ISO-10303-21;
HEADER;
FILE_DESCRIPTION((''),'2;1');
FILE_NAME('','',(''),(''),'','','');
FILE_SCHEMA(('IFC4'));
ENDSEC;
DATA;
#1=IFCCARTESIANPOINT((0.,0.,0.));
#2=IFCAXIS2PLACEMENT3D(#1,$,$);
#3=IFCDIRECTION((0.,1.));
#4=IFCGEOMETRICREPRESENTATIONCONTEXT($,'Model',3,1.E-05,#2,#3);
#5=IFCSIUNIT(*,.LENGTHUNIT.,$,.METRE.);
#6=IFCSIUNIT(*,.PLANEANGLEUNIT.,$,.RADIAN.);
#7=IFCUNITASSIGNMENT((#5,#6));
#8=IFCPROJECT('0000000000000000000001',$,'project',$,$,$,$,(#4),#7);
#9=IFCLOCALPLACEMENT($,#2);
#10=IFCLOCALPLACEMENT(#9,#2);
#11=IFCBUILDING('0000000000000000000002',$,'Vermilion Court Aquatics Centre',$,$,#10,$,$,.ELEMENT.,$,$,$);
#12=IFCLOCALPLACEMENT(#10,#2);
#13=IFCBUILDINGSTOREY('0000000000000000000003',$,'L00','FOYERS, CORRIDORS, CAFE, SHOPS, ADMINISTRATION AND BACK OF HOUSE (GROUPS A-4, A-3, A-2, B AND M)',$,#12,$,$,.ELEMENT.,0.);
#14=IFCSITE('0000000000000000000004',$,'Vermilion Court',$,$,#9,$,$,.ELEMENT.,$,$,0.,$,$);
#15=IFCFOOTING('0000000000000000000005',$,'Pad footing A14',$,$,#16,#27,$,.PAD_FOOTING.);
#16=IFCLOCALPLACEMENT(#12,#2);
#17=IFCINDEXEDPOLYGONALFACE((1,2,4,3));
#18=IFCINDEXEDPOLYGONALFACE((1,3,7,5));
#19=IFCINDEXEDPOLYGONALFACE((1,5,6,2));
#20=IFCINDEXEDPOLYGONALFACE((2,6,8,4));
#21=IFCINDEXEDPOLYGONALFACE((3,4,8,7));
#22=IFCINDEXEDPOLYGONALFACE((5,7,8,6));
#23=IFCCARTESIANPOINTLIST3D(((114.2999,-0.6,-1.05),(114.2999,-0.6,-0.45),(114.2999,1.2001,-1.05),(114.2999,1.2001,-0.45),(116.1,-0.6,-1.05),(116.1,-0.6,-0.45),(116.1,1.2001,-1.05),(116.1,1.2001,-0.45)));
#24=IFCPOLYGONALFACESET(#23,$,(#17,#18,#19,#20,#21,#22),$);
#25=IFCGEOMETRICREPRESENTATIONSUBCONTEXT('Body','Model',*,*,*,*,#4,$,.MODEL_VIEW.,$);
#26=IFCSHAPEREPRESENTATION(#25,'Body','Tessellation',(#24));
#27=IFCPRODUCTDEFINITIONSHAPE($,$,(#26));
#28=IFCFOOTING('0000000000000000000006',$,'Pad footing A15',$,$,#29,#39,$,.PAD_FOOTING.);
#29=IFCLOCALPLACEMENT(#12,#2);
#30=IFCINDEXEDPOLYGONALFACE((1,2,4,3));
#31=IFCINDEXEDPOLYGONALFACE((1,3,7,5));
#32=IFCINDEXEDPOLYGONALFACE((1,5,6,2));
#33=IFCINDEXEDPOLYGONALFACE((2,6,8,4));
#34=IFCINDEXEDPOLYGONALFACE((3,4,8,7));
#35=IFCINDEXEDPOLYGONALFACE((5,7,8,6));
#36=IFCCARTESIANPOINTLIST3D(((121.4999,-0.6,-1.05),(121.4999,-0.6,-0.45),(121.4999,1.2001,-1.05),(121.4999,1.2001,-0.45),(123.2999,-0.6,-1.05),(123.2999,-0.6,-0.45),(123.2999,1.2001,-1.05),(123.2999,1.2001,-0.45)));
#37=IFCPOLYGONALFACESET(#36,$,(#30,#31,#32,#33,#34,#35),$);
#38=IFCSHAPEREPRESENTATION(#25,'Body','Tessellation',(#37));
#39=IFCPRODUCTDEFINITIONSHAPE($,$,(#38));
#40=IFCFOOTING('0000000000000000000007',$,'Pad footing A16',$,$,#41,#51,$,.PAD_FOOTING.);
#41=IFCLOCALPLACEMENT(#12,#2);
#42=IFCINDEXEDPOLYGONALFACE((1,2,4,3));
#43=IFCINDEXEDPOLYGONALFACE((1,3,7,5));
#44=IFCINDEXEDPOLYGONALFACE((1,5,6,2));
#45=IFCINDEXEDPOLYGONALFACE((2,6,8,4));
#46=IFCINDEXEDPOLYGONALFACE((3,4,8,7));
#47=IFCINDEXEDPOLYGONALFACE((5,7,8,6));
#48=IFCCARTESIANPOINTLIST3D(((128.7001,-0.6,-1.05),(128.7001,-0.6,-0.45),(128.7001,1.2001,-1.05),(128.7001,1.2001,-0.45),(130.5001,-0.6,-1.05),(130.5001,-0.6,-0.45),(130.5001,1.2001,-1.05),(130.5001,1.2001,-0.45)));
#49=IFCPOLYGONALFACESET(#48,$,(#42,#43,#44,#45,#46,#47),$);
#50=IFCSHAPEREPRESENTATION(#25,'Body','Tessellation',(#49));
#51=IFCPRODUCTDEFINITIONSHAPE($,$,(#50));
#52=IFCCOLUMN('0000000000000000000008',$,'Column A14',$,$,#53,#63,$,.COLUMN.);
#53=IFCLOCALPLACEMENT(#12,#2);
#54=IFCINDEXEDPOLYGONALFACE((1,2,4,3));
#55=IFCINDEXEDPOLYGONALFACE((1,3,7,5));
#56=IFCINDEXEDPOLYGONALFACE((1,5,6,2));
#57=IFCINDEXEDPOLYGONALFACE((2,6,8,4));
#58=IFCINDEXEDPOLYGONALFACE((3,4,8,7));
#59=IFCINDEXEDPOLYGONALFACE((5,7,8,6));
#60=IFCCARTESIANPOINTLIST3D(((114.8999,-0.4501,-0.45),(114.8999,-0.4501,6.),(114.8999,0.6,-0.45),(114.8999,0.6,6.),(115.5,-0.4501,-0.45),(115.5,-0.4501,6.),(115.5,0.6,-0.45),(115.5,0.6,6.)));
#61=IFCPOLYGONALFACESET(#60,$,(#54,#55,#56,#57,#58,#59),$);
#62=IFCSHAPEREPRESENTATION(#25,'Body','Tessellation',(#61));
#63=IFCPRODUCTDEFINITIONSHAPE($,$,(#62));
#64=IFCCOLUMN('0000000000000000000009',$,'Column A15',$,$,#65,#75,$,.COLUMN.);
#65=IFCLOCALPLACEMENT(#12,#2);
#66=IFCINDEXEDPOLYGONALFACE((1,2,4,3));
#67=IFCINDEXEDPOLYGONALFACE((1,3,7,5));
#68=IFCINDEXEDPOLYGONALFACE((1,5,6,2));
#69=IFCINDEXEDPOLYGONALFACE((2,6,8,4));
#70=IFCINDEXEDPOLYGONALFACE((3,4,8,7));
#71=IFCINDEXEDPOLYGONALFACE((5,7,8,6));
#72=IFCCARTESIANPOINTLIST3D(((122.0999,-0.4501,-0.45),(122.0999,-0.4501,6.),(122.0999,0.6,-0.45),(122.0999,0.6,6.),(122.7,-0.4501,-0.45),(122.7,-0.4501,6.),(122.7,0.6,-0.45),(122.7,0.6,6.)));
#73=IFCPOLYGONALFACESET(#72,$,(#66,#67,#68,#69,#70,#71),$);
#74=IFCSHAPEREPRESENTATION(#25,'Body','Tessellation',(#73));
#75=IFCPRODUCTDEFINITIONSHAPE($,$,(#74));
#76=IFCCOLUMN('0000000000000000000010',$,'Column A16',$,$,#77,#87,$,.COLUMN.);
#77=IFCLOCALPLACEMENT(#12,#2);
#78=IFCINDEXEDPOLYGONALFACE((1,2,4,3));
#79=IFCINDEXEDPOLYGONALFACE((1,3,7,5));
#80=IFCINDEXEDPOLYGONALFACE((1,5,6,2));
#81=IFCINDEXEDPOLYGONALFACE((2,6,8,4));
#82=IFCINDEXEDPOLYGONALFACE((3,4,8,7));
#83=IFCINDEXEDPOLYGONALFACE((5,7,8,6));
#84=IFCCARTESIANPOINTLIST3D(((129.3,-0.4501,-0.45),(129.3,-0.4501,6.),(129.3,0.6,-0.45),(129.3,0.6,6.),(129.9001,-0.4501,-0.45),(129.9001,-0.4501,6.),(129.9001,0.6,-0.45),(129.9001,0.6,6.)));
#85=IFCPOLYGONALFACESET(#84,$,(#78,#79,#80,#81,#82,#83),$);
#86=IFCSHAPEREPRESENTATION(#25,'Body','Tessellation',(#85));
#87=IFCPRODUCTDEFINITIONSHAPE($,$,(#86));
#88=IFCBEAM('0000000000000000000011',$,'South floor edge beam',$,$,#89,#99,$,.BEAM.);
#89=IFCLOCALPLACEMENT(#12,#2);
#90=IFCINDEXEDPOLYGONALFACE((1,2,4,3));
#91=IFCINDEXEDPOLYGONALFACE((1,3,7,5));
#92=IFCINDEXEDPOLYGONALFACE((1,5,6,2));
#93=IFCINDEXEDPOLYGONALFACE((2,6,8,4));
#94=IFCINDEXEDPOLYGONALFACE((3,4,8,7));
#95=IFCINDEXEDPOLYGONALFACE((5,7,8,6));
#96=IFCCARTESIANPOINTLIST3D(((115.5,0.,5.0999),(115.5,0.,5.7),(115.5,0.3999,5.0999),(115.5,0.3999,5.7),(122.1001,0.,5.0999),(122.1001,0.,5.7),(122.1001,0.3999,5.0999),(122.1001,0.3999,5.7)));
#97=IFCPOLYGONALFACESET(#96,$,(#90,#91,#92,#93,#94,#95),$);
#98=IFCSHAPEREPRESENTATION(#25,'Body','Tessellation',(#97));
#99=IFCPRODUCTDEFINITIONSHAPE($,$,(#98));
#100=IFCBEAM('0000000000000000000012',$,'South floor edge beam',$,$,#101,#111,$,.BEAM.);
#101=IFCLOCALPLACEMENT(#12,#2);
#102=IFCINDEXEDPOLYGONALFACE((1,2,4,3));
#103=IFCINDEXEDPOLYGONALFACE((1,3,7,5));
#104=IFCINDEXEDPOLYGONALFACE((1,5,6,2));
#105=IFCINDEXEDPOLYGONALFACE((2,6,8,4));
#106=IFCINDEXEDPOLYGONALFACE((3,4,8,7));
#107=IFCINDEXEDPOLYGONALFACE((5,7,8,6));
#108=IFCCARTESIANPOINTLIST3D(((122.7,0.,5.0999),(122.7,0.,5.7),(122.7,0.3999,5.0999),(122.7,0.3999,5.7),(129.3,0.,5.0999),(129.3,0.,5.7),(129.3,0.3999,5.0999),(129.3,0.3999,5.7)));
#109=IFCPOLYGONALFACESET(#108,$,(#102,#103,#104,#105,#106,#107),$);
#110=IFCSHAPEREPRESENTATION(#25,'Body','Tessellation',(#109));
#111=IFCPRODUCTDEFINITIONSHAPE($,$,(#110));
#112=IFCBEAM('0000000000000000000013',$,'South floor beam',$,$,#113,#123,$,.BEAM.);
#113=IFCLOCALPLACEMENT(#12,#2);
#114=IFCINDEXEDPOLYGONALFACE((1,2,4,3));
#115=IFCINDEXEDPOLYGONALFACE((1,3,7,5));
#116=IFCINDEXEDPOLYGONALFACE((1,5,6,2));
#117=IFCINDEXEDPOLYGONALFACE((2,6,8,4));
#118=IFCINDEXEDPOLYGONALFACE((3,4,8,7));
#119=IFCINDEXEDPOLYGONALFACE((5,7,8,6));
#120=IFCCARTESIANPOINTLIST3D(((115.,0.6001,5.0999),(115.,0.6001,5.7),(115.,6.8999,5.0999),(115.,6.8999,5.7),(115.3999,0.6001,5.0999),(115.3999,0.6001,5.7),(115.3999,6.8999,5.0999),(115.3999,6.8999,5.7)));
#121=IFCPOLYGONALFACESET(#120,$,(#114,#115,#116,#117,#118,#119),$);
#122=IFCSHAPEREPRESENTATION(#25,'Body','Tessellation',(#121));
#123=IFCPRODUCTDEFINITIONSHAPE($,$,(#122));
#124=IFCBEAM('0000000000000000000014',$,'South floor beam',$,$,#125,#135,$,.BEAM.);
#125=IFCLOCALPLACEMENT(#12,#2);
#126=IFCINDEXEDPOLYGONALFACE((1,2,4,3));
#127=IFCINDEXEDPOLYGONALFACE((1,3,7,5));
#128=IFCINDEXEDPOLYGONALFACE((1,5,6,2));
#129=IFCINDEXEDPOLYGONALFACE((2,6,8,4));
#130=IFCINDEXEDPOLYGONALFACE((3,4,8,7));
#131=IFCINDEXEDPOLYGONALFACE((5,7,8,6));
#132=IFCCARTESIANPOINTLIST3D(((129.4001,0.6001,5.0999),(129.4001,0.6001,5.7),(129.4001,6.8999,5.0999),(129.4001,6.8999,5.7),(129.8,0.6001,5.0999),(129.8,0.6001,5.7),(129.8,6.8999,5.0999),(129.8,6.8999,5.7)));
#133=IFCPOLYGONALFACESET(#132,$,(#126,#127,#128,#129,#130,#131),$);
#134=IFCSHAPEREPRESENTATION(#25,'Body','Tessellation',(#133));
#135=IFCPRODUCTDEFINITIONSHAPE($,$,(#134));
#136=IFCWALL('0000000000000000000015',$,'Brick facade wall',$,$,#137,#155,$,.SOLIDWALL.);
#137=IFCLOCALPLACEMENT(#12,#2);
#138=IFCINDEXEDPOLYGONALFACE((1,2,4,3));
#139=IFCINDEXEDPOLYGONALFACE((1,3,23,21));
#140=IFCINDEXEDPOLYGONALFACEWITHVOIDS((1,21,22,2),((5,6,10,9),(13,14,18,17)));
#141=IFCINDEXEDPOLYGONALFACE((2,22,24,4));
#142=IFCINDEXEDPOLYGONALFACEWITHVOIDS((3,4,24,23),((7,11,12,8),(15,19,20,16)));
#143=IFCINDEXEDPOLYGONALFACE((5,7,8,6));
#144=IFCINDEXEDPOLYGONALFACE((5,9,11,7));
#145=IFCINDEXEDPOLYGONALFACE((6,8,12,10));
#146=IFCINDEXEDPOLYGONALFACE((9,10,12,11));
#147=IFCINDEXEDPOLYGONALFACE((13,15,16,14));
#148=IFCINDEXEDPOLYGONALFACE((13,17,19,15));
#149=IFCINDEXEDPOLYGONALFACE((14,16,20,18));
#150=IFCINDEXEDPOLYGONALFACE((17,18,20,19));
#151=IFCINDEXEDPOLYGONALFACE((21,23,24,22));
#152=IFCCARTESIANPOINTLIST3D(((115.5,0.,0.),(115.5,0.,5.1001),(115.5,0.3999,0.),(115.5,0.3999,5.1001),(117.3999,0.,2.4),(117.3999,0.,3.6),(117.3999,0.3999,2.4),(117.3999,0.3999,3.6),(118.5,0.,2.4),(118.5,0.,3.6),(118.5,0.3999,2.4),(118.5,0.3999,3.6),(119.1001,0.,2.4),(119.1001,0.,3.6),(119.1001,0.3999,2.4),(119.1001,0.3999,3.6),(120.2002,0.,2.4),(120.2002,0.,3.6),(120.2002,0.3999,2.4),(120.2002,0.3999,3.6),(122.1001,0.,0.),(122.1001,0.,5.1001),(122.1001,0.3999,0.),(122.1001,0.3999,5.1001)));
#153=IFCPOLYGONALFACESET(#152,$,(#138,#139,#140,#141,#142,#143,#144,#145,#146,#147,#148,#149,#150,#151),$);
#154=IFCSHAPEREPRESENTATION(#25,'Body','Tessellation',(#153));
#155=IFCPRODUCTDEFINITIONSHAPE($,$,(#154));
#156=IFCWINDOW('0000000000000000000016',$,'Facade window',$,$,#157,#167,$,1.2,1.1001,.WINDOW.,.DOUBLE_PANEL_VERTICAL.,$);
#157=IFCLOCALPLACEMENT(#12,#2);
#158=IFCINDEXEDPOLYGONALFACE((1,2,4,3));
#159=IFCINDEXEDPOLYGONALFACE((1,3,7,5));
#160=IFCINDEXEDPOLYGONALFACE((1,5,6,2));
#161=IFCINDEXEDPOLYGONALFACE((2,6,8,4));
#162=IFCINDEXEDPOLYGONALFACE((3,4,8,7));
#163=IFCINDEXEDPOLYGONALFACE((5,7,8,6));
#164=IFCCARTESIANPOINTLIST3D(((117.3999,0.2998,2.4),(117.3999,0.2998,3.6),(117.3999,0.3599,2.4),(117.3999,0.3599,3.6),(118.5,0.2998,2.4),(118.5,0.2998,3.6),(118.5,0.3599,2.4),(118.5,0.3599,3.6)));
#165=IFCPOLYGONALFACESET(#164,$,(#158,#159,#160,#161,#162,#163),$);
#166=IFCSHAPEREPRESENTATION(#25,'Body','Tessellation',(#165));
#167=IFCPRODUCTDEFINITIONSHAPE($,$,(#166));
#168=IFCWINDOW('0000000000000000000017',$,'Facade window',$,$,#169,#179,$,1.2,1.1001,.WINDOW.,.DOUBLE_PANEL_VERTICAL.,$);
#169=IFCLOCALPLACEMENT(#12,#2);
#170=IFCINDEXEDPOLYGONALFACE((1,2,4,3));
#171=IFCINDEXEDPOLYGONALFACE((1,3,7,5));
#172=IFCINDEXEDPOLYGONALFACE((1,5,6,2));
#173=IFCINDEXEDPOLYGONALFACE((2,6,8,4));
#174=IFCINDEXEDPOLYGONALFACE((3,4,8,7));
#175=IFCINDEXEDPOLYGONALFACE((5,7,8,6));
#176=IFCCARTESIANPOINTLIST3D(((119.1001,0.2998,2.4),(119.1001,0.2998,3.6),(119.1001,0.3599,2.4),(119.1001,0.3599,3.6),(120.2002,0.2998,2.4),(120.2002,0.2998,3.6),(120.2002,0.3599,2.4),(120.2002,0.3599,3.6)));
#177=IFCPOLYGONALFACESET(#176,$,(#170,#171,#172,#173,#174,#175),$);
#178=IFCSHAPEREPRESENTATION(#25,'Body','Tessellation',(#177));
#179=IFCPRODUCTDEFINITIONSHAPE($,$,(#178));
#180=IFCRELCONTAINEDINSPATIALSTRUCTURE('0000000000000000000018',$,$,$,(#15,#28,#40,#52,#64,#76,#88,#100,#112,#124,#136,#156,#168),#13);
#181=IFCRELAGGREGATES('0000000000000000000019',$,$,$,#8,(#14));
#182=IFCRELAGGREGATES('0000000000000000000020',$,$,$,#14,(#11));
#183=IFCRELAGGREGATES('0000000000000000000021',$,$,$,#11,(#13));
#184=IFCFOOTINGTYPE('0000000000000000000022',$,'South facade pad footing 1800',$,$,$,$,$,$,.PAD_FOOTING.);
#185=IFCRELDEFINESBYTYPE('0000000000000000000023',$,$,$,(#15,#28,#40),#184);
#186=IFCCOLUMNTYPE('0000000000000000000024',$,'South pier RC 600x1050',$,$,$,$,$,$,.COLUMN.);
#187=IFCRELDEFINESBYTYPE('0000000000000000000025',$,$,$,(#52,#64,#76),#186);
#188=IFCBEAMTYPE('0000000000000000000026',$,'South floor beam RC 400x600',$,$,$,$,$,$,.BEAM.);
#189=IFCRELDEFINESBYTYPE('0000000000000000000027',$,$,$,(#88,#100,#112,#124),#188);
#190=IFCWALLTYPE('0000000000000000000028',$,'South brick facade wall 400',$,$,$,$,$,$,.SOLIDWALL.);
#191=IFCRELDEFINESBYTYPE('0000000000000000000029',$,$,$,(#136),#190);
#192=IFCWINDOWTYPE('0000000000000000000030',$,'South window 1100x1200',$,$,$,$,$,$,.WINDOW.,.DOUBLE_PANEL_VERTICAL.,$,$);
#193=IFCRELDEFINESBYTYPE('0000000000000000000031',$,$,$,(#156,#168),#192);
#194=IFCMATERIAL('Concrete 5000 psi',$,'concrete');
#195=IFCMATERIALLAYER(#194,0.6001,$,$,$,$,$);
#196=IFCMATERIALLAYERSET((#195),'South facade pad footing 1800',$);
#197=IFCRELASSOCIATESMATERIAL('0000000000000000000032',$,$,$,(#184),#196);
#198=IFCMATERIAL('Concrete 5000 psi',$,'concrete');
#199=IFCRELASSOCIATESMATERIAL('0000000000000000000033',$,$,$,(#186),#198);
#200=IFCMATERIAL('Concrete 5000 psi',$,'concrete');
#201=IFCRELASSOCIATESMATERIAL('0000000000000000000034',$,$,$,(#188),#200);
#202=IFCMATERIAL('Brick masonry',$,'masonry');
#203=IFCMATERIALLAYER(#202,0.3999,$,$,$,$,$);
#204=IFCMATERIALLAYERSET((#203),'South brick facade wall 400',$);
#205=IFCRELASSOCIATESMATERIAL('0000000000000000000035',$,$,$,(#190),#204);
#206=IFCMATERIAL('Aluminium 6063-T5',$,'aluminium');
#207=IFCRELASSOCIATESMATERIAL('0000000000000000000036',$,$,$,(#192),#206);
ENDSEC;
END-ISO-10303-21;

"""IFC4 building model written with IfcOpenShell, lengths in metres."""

from ifc_helpers import new_model, si_unit, direction, frame, frame_2d, origin, origin_2d, place, context, subcontext, project, spatial, rectangle, extrude, material, layer, layer_set, material_profile, profile_set, type_object, element, fill, save


model = new_model("IFC4")

# Units and contexts
model_context = context("Model", 3, precision=1e-05, world=origin(), true_north=direction((0.0, 1.0)))
body_context = subcontext(model_context, "Body", "Model", "MODEL_VIEW")
ifc_project = project(units=[si_unit("LENGTHUNIT", "METRE"), si_unit("PLANEANGLEUNIT", "RADIAN")], contexts=[model_context])

# Site, building, storey
site_placement = place(None, origin())
site = spatial("IfcSite", under=ifc_project, at=site_placement, Name="Vermilion Court", CompositionType="ELEMENT", RefElevation=0.0)
building_placement = place(site_placement, origin())
building = spatial("IfcBuilding", under=site, at=building_placement, Name="Vermilion Court Aquatics Centre", CompositionType="ELEMENT")
storey_placement = place(building_placement, origin())
storey = spatial("IfcBuildingStorey", under=building, at=storey_placement, Name="L00", Description="FOYERS, CORRIDORS, CAFE, SHOPS, ADMINISTRATION AND BACK OF HOUSE (GROUPS A-4, A-3, A-2, B AND M)", CompositionType="ELEMENT", Elevation=0.0)

# Footings
ifc_material_1 = material(Name="Concrete 5000 psi", Category="concrete")
ifc_layer_1 = layer(ifc_material_1, 0.6001)
ifc_layer_set_1 = layer_set([ifc_layer_1], Name="South facade pad footing 1800")
footing_type = type_object("IfcFootingType", Name="South facade pad footing 1800", PredefinedType="PAD_FOOTING", material=ifc_layer_set_1)
for number, where, z_axis, x_axis, name in (
    (1, (115.2, 0.3, -1.05), (0.0, 0.0, 1.0), (1.0, 0.0, 0.0), "Pad footing A14"),
    (2, (122.3999, 0.3, -1.05), (0.0, 0.0, 1.0), (1.0, 0.0, 0.0), "Pad footing A15"),
    (3, (129.6001, 0.3, -1.05), (0.0, 0.0, 1.0), (1.0, 0.0, 0.0), "Pad footing A16"),
):
    element("IfcFooting", number, at=place(storey_placement, frame(where, z_axis=z_axis, x_axis=x_axis)), inside=storey, type_object=footing_type, Name=name, PredefinedType="PAD_FOOTING", context=body_context, shape_type="SweptSolid", body=[
        extrude(rectangle(XDim=1.8, YDim=1.8, at=origin_2d()), origin(), (0.0, 0.0, 1.0), 0.6001),
    ])

# Columns
ifc_material_2 = material(Name="Concrete 5000 psi", Category="concrete")
ifc_material_profile_1 = material_profile(ifc_material_2, rectangle(XDim=0.6001, YDim=1.05, at=origin_2d()), Name="RC 600x1050")
ifc_profile_set_1 = profile_set([ifc_material_profile_1], Name="Concrete 5000 psi")
column_type = type_object("IfcColumnType", Name="South pier RC 600x1050", PredefinedType="COLUMN", material=ifc_profile_set_1)
for number, where, z_axis, x_axis, name in (
    (4, (115.2, 0.075, -0.45), (0.0, 0.0, 1.0), (1.0, 0.0, 0.0), "Column A14"),
    (5, (122.3999, 0.075, -0.45), (0.0, 0.0, 1.0), (1.0, 0.0, 0.0), "Column A15"),
    (6, (129.6001, 0.075, -0.45), (0.0, 0.0, 1.0), (1.0, 0.0, 0.0), "Column A16"),
):
    element("IfcColumn", number, at=place(storey_placement, frame(where, z_axis=z_axis, x_axis=x_axis)), inside=storey, type_object=column_type, Name=name, PredefinedType="COLUMN", context=body_context, shape_type="SweptSolid", body=[
        extrude(rectangle(XDim=0.6001, YDim=1.05, at=origin_2d()), origin(), (0.0, 0.0, 1.0), 6.45),
    ])

# Beams
ifc_material_3 = material(Name="Concrete 5000 psi", Category="concrete")
ifc_material_profile_2 = material_profile(ifc_material_3, rectangle(XDim=0.3999, YDim=0.6001, at=origin_2d()), Name="RC 400x600")
ifc_profile_set_2 = profile_set([ifc_material_profile_2], Name="Concrete 5000 psi")
beam_type = type_object("IfcBeamType", Name="South floor beam RC 400x600", PredefinedType="BEAM", material=ifc_profile_set_2)
for number, where, z_axis, x_axis, name in (
    (7, (115.5, 0.2, 5.3999), (1.0, 0.0, 0.0), (0.0, 1.0, 0.0), "South floor edge beam"),
    (8, (122.7, 0.2, 5.3999), (1.0, 0.0, 0.0), (0.0, 1.0, 0.0), "South floor edge beam"),
):
    element("IfcBeam", number, at=place(storey_placement, frame(where, z_axis=z_axis, x_axis=x_axis)), inside=storey, type_object=beam_type, Name=name, PredefinedType="BEAM", context=body_context, shape_type="SweptSolid", body=[
        extrude(rectangle(XDim=0.3999, YDim=0.6001, at=origin_2d()), origin(), (0.0, 0.0, 1.0), 6.6001),
    ])
for number, where, z_axis, x_axis, name in (
    (9, (115.2, 0.6001, 5.3999), (0.0, 1.0, 0.0), (-1.0, 0.0, 0.0), "South floor beam"),
    (10, (129.6001, 0.6001, 5.3999), (0.0, 1.0, 0.0), (-1.0, 0.0, 0.0), "South floor beam"),
):
    element("IfcBeam", number, at=place(storey_placement, frame(where, z_axis=z_axis, x_axis=x_axis)), inside=storey, type_object=beam_type, Name=name, PredefinedType="BEAM", context=body_context, shape_type="SweptSolid", body=[
        extrude(rectangle(XDim=0.3999, YDim=0.6001, at=origin_2d()), origin(), (0.0, 0.0, 1.0), 6.2998),
    ])

# Wall, openings, windows
ifc_material_4 = material(Name="Brick masonry", Category="masonry")
ifc_layer_2 = layer(ifc_material_4, 0.3999)
ifc_layer_set_2 = layer_set([ifc_layer_2], Name="South brick facade wall 400")
wall_type_1 = type_object("IfcWallType", Name="South brick facade wall 400", PredefinedType="SOLIDWALL", material=ifc_layer_set_2)
wall_1_placement = place(storey_placement, frame((115.5, 0.2, 0.0), z_axis=(0.0, 0.0, 1.0), x_axis=(1.0, 0.0, 0.0)))
wall_1 = element("IfcWall", 11, at=wall_1_placement, inside=storey, type_object=wall_type_1, Name="Brick facade wall", PredefinedType="SOLIDWALL", context=body_context, shape_type="SweptSolid", body=[
    extrude(rectangle(XDim=6.6001, YDim=0.3999, at=frame_2d((3.3, 0.0))), origin(), (0.0, 0.0, 1.0), 5.1001),
])
opening_1_placement = place(wall_1_placement, frame((1.8999, 0.0, 2.3999)))
opening_1 = element("IfcOpeningElement", 12, at=opening_1_placement, cuts=wall_1, PredefinedType="OPENING", context=body_context, shape_type="SweptSolid", body=[
    extrude(rectangle(XDim=1.1001, YDim=1.2, at=frame_2d((0.55, 0.6001))), frame((0.0, 0.21, 0.0), z_axis=(0.0, -1.0, 0.0), x_axis=(1.0, 0.0, 0.0)), (0.0, 0.0, 1.0), 0.4199),
])
opening_2_placement = place(wall_1_placement, frame((3.6001, 0.0, 2.3999)))
opening_2 = element("IfcOpeningElement", 13, at=opening_2_placement, cuts=wall_1, PredefinedType="OPENING", context=body_context, shape_type="SweptSolid", body=[
    extrude(rectangle(XDim=1.1001, YDim=1.2, at=frame_2d((0.55, 0.6001))), frame((0.0, 0.21, 0.0), z_axis=(0.0, -1.0, 0.0), x_axis=(1.0, 0.0, 0.0)), (0.0, 0.0, 1.0), 0.4199),
])
ifc_material_5 = material(Name="Aluminium 6063-T5", Category="aluminium")
window_type = type_object("IfcWindowType", Name="South window 1100x1200", PartitioningType="DOUBLE_PANEL_VERTICAL", PredefinedType="WINDOW", material=ifc_material_5)
window_1_placement = place(opening_1_placement, origin())
window_1 = element("IfcWindow", 14, at=window_1_placement, inside=storey, type_object=window_type, Name="Facade window", OverallHeight=1.2, OverallWidth=1.1001, PartitioningType="DOUBLE_PANEL_VERTICAL", PredefinedType="WINDOW", context=body_context, shape_type="SweptSolid", body=[
    extrude(rectangle(XDim=1.1001, YDim=1.2, at=frame_2d((0.55, 0.6001))), frame((0.0, 0.1599, 0.0), z_axis=(0.0, -1.0, 0.0), x_axis=(1.0, 0.0, 0.0)), (0.0, 0.0, 1.0), 0.0601),
])
fill(opening_1, window_1)
window_2_placement = place(opening_2_placement, origin())
window_2 = element("IfcWindow", 15, at=window_2_placement, inside=storey, type_object=window_type, Name="Facade window", OverallHeight=1.2, OverallWidth=1.1001, PartitioningType="DOUBLE_PANEL_VERTICAL", PredefinedType="WINDOW", context=body_context, shape_type="SweptSolid", body=[
    extrude(rectangle(XDim=1.1001, YDim=1.2, at=frame_2d((0.55, 0.6001))), frame((0.0, 0.1599, 0.0), z_axis=(0.0, -1.0, 0.0), x_axis=(1.0, 0.0, 0.0)), (0.0, 0.0, 1.0), 0.0601),
])
fill(opening_2, window_2)

save(model, "model.ifc")
